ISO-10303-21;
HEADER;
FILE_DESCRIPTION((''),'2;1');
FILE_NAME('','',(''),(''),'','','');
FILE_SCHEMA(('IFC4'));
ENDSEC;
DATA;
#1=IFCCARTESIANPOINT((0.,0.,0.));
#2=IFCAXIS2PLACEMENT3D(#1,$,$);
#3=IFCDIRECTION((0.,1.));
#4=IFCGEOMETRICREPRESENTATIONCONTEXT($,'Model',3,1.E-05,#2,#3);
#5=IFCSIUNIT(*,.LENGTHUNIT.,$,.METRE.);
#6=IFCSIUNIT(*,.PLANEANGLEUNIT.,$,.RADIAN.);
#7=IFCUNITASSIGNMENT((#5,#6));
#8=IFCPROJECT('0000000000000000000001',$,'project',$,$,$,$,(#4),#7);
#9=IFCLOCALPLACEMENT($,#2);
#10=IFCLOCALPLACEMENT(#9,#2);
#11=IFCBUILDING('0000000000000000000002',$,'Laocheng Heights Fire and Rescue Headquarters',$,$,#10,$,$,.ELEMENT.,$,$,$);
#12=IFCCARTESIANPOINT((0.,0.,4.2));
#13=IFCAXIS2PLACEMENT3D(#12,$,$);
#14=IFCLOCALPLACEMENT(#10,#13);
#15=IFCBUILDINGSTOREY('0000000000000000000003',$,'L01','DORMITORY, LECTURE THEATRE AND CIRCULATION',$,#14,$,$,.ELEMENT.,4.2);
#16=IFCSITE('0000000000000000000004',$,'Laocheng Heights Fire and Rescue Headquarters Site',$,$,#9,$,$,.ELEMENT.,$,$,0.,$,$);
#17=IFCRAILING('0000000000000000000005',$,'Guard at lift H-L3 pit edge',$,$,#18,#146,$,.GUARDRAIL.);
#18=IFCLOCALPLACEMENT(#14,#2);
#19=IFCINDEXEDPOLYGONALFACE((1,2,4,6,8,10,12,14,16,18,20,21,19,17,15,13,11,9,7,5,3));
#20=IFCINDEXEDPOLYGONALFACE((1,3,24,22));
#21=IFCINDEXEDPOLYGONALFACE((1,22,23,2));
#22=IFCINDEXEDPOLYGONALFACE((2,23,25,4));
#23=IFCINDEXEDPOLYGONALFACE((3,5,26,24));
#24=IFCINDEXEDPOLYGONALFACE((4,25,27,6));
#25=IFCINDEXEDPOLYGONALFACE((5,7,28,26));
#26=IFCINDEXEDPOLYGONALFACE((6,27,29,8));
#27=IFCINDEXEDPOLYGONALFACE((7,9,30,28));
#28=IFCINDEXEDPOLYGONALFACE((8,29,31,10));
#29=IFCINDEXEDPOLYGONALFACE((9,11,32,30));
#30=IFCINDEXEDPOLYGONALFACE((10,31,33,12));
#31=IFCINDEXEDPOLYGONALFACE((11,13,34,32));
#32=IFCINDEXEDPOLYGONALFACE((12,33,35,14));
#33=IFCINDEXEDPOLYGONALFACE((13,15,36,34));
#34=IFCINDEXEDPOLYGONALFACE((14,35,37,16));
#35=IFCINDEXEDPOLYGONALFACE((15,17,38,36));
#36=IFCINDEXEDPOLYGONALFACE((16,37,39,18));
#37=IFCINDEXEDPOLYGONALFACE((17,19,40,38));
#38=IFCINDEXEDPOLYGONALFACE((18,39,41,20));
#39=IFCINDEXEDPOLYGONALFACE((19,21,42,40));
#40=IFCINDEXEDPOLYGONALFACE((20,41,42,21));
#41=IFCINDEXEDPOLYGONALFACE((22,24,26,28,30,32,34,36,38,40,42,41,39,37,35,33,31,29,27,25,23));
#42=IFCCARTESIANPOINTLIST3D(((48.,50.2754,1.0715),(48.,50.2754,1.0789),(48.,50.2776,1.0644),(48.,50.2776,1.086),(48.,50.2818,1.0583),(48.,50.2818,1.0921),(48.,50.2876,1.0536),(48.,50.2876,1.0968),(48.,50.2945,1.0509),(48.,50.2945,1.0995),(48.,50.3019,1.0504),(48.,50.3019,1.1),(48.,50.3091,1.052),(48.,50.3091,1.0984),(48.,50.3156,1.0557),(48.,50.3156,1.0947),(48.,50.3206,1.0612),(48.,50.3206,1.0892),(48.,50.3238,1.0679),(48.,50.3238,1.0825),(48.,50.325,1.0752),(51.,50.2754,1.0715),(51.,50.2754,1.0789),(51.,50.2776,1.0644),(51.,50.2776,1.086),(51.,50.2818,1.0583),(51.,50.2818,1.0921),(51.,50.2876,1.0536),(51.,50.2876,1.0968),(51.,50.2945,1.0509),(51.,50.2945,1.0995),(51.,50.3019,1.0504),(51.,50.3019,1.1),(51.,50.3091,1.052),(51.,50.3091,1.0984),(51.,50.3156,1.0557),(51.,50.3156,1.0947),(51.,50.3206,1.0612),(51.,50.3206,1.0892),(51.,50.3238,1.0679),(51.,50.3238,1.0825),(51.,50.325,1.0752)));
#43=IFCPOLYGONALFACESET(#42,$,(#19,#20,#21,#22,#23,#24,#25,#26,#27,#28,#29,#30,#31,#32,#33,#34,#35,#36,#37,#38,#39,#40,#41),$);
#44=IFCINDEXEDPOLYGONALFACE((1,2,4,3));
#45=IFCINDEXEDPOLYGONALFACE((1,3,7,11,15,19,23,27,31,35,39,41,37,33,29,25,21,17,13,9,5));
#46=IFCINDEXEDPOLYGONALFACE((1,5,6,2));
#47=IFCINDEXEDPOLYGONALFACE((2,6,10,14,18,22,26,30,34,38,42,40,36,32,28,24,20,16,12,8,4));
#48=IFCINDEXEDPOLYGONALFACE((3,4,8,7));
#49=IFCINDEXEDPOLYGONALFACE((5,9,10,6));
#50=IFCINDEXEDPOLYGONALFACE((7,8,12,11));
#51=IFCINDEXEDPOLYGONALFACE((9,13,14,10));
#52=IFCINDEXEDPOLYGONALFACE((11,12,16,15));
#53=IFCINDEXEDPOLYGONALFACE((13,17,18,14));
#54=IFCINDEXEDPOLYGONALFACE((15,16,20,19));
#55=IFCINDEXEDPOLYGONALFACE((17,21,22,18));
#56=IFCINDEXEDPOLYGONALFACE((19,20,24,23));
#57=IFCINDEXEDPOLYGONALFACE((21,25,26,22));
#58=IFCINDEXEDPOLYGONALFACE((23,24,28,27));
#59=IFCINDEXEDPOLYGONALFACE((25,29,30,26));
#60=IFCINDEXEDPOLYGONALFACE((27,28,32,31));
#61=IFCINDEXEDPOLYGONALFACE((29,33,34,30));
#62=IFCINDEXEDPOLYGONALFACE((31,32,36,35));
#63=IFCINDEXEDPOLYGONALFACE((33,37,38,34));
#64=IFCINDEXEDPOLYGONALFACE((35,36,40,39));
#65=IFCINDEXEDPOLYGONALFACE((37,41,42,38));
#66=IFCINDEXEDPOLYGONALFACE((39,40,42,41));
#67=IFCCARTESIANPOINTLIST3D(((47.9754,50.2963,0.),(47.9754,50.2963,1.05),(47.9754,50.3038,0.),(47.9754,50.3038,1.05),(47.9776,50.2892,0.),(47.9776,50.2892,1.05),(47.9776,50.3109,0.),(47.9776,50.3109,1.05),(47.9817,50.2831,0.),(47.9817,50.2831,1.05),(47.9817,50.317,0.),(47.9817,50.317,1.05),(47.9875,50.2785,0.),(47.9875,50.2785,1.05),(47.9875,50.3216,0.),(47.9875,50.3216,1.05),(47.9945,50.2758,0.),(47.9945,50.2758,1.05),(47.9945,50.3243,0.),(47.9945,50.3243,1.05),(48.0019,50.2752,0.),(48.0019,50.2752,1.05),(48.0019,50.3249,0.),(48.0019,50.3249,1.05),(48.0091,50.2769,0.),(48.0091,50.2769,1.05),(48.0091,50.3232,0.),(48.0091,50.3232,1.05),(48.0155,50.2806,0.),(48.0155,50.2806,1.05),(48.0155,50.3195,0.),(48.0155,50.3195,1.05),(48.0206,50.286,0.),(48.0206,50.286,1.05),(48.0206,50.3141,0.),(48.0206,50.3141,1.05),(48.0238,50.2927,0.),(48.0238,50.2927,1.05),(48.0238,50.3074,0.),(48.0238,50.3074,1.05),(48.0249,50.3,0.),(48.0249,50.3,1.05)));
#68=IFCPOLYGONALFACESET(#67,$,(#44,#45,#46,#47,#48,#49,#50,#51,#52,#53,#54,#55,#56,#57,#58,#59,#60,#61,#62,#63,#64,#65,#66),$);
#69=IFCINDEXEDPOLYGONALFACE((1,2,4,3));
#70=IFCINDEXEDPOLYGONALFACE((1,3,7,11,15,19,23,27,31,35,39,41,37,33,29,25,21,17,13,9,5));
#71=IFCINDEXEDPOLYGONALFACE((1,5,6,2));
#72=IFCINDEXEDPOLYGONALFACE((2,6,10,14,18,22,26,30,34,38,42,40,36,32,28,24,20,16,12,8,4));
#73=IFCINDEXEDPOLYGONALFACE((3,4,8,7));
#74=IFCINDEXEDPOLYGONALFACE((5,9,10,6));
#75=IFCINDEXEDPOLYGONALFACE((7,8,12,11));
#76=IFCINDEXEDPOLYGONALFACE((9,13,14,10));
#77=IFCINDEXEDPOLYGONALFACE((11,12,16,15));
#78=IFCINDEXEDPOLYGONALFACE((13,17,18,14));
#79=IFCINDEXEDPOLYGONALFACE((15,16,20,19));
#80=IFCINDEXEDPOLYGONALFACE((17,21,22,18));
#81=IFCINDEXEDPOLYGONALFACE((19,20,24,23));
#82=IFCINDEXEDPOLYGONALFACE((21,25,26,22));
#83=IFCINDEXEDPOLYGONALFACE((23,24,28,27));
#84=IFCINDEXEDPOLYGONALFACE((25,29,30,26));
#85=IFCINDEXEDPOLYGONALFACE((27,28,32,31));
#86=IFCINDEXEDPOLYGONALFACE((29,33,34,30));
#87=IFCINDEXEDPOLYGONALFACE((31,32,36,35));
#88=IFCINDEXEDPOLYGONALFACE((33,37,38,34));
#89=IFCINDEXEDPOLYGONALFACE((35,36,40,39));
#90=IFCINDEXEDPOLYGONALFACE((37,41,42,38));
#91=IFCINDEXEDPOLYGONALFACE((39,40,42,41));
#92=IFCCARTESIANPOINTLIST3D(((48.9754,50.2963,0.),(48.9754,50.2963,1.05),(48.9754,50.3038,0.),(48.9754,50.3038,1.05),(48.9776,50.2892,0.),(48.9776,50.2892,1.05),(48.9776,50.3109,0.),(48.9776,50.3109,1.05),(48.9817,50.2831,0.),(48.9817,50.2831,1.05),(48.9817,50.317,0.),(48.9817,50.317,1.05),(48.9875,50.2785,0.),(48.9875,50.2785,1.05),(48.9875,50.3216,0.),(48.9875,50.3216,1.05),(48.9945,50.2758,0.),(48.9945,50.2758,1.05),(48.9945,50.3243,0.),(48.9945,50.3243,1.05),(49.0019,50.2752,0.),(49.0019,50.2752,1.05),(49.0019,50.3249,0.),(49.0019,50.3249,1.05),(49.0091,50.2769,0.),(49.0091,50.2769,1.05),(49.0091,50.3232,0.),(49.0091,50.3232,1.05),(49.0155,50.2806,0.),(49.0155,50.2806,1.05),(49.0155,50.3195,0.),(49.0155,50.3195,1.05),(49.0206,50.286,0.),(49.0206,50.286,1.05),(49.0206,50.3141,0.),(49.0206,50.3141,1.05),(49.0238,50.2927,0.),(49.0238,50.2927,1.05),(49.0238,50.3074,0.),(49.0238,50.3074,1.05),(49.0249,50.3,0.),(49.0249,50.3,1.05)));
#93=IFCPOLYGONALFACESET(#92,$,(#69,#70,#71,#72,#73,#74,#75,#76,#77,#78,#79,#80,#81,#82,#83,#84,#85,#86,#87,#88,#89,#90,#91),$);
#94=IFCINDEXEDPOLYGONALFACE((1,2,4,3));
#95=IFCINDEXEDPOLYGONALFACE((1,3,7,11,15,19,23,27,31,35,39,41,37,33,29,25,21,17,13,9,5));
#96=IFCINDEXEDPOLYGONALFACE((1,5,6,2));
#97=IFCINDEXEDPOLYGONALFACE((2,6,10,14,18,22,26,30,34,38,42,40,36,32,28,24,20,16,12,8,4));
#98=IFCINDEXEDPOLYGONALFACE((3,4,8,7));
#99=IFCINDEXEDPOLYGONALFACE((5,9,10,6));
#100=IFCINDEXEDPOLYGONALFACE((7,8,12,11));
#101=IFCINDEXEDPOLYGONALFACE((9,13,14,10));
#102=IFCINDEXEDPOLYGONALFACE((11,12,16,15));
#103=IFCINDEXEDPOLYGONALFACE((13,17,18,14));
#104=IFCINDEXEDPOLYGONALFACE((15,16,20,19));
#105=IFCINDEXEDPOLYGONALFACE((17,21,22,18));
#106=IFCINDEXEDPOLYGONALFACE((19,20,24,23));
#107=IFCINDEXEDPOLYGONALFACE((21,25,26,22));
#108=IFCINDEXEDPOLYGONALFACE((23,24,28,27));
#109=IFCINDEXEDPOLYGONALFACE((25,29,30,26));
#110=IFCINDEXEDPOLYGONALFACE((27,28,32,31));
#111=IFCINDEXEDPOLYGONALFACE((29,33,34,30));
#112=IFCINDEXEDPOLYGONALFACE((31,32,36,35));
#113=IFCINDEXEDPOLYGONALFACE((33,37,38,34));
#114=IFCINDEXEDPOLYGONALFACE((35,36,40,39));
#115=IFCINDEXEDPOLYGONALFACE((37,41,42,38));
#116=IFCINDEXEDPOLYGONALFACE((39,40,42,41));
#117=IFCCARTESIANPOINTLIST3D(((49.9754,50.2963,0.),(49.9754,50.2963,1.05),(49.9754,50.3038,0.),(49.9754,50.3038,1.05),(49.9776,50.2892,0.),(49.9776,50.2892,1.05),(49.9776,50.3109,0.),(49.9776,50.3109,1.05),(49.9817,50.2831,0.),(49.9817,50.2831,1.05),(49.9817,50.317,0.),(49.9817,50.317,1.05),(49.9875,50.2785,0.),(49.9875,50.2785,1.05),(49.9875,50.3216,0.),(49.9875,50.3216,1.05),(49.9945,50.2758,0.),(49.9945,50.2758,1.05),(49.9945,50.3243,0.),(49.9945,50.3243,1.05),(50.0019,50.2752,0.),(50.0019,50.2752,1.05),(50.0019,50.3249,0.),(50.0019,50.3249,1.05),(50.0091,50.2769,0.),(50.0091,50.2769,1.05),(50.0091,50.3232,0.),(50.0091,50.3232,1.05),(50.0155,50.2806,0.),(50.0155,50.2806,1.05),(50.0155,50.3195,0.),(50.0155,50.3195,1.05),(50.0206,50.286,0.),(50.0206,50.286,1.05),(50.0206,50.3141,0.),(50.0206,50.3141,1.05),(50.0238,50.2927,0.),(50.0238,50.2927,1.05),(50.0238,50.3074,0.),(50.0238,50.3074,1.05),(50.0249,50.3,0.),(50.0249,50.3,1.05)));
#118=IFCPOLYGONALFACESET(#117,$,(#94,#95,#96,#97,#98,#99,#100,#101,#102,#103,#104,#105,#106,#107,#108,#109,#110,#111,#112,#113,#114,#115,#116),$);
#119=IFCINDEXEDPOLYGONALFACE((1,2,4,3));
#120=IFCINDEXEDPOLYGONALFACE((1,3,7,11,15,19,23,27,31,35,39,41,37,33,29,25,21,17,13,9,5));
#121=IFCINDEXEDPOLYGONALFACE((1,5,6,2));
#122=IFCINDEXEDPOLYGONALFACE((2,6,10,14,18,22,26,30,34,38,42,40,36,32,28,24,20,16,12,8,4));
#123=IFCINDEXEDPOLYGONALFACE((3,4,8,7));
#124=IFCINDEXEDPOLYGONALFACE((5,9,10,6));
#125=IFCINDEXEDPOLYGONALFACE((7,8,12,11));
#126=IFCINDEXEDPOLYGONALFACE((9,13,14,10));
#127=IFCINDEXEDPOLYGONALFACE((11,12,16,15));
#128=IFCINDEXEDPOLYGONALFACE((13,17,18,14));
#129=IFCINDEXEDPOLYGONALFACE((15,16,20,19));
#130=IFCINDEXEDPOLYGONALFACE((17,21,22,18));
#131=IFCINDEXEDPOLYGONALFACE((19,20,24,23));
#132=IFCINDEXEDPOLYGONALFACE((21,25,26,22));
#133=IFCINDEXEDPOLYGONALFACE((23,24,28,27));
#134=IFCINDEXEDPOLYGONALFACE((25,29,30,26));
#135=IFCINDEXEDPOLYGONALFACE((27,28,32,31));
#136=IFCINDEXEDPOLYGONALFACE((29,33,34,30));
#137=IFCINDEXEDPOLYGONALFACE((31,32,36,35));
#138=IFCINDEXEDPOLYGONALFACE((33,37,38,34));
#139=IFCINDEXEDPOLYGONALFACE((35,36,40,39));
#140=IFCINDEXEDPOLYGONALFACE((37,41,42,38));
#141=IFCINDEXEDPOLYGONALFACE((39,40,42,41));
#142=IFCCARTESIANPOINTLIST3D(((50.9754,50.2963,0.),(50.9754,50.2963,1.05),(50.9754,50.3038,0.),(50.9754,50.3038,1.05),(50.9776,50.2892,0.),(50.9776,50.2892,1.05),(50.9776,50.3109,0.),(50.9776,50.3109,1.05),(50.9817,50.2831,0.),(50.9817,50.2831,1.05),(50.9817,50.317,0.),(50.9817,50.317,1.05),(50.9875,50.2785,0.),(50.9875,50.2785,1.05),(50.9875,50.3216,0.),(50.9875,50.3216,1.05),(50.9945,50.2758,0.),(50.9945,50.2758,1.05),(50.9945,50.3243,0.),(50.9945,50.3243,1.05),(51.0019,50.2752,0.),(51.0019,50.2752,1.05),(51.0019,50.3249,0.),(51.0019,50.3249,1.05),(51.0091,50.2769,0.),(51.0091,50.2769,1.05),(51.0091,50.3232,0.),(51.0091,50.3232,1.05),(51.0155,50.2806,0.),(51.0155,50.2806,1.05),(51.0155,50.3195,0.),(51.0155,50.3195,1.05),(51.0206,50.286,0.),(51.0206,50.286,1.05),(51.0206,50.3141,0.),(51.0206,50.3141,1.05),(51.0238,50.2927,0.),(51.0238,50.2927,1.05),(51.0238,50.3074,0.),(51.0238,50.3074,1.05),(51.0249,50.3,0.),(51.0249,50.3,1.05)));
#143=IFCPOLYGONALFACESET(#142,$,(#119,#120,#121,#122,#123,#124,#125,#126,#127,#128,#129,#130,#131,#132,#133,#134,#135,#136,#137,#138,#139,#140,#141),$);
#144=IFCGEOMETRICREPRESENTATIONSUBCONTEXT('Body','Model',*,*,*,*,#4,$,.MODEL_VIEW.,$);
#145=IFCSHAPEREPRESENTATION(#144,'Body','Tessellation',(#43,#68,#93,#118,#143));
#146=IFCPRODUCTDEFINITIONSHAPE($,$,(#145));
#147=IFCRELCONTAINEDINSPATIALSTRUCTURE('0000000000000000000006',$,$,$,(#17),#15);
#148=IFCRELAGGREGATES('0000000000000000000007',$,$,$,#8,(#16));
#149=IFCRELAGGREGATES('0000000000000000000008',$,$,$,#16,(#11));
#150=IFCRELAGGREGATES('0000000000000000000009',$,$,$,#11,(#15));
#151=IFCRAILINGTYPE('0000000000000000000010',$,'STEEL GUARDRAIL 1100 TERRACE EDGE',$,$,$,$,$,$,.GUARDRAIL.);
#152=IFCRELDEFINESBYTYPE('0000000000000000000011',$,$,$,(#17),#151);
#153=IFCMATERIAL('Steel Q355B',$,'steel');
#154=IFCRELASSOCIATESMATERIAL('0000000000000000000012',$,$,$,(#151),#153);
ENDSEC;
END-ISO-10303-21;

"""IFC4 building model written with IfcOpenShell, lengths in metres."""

from ifc_helpers import new_model, si_unit, direction, frame, origin, origin_2d, place, context, subcontext, project, spatial, circle, extrude, material, type_object, element, save


model = new_model("IFC4")

# Units and contexts
model_context = context("Model", 3, precision=1e-05, world=origin(), true_north=direction((0.0, 1.0)))
body_context = subcontext(model_context, "Body", "Model", "MODEL_VIEW")
ifc_project = project(units=[si_unit("LENGTHUNIT", "METRE"), si_unit("PLANEANGLEUNIT", "RADIAN")], contexts=[model_context])

# Site, building, storey
site_placement = place(None, origin())
site = spatial("IfcSite", under=ifc_project, at=site_placement, Name="Laocheng Heights Fire and Rescue Headquarters Site", CompositionType="ELEMENT", RefElevation=0.0)
building_placement = place(site_placement, origin())
building = spatial("IfcBuilding", under=site, at=building_placement, Name="Laocheng Heights Fire and Rescue Headquarters", CompositionType="ELEMENT")
storey_placement = place(building_placement, frame((0.0, 0.0, 4.2)))
storey = spatial("IfcBuildingStorey", under=building, at=storey_placement, Name="L01", Description="DORMITORY, LECTURE THEATRE AND CIRCULATION", CompositionType="ELEMENT", Elevation=4.2)

# Railing
ifc_material_1 = material(Name="Steel Q355B", Category="steel")
railing_type = type_object("IfcRailingType", Name="STEEL GUARDRAIL 1100 TERRACE EDGE", PredefinedType="GUARDRAIL", material=ifc_material_1)
railing_placement = place(storey_placement, frame((48.0, 50.3, 0.0)))
element("IfcRailing", 1, at=railing_placement, inside=storey, type_object=railing_type, Name="Guard at lift H-L3 pit edge", PredefinedType="GUARDRAIL", context=body_context, shape_type="SweptSolid", body=[
    extrude(circle(Radius=0.0249, at=origin_2d()), frame((0.0, 0.0, 1.0752), z_axis=(1.0, 0.0, 0.0), x_axis=(0.0, 1.0, 0.0)), (0.0, 0.0, 1.0), 3.0),
    extrude(circle(Radius=0.0249, at=origin_2d()), origin(), (0.0, 0.0, 1.0), 1.05),
    extrude(circle(Radius=0.0249, at=origin_2d()), frame((1.0, 0.0, 0.0)), (0.0, 0.0, 1.0), 1.05),
    extrude(circle(Radius=0.0249, at=origin_2d()), frame((2.0, 0.0, 0.0)), (0.0, 0.0, 1.0), 1.05),
    extrude(circle(Radius=0.0249, at=origin_2d()), frame((3.0, 0.0, 0.0)), (0.0, 0.0, 1.0), 1.05),
])

save(model, "model.ifc")
